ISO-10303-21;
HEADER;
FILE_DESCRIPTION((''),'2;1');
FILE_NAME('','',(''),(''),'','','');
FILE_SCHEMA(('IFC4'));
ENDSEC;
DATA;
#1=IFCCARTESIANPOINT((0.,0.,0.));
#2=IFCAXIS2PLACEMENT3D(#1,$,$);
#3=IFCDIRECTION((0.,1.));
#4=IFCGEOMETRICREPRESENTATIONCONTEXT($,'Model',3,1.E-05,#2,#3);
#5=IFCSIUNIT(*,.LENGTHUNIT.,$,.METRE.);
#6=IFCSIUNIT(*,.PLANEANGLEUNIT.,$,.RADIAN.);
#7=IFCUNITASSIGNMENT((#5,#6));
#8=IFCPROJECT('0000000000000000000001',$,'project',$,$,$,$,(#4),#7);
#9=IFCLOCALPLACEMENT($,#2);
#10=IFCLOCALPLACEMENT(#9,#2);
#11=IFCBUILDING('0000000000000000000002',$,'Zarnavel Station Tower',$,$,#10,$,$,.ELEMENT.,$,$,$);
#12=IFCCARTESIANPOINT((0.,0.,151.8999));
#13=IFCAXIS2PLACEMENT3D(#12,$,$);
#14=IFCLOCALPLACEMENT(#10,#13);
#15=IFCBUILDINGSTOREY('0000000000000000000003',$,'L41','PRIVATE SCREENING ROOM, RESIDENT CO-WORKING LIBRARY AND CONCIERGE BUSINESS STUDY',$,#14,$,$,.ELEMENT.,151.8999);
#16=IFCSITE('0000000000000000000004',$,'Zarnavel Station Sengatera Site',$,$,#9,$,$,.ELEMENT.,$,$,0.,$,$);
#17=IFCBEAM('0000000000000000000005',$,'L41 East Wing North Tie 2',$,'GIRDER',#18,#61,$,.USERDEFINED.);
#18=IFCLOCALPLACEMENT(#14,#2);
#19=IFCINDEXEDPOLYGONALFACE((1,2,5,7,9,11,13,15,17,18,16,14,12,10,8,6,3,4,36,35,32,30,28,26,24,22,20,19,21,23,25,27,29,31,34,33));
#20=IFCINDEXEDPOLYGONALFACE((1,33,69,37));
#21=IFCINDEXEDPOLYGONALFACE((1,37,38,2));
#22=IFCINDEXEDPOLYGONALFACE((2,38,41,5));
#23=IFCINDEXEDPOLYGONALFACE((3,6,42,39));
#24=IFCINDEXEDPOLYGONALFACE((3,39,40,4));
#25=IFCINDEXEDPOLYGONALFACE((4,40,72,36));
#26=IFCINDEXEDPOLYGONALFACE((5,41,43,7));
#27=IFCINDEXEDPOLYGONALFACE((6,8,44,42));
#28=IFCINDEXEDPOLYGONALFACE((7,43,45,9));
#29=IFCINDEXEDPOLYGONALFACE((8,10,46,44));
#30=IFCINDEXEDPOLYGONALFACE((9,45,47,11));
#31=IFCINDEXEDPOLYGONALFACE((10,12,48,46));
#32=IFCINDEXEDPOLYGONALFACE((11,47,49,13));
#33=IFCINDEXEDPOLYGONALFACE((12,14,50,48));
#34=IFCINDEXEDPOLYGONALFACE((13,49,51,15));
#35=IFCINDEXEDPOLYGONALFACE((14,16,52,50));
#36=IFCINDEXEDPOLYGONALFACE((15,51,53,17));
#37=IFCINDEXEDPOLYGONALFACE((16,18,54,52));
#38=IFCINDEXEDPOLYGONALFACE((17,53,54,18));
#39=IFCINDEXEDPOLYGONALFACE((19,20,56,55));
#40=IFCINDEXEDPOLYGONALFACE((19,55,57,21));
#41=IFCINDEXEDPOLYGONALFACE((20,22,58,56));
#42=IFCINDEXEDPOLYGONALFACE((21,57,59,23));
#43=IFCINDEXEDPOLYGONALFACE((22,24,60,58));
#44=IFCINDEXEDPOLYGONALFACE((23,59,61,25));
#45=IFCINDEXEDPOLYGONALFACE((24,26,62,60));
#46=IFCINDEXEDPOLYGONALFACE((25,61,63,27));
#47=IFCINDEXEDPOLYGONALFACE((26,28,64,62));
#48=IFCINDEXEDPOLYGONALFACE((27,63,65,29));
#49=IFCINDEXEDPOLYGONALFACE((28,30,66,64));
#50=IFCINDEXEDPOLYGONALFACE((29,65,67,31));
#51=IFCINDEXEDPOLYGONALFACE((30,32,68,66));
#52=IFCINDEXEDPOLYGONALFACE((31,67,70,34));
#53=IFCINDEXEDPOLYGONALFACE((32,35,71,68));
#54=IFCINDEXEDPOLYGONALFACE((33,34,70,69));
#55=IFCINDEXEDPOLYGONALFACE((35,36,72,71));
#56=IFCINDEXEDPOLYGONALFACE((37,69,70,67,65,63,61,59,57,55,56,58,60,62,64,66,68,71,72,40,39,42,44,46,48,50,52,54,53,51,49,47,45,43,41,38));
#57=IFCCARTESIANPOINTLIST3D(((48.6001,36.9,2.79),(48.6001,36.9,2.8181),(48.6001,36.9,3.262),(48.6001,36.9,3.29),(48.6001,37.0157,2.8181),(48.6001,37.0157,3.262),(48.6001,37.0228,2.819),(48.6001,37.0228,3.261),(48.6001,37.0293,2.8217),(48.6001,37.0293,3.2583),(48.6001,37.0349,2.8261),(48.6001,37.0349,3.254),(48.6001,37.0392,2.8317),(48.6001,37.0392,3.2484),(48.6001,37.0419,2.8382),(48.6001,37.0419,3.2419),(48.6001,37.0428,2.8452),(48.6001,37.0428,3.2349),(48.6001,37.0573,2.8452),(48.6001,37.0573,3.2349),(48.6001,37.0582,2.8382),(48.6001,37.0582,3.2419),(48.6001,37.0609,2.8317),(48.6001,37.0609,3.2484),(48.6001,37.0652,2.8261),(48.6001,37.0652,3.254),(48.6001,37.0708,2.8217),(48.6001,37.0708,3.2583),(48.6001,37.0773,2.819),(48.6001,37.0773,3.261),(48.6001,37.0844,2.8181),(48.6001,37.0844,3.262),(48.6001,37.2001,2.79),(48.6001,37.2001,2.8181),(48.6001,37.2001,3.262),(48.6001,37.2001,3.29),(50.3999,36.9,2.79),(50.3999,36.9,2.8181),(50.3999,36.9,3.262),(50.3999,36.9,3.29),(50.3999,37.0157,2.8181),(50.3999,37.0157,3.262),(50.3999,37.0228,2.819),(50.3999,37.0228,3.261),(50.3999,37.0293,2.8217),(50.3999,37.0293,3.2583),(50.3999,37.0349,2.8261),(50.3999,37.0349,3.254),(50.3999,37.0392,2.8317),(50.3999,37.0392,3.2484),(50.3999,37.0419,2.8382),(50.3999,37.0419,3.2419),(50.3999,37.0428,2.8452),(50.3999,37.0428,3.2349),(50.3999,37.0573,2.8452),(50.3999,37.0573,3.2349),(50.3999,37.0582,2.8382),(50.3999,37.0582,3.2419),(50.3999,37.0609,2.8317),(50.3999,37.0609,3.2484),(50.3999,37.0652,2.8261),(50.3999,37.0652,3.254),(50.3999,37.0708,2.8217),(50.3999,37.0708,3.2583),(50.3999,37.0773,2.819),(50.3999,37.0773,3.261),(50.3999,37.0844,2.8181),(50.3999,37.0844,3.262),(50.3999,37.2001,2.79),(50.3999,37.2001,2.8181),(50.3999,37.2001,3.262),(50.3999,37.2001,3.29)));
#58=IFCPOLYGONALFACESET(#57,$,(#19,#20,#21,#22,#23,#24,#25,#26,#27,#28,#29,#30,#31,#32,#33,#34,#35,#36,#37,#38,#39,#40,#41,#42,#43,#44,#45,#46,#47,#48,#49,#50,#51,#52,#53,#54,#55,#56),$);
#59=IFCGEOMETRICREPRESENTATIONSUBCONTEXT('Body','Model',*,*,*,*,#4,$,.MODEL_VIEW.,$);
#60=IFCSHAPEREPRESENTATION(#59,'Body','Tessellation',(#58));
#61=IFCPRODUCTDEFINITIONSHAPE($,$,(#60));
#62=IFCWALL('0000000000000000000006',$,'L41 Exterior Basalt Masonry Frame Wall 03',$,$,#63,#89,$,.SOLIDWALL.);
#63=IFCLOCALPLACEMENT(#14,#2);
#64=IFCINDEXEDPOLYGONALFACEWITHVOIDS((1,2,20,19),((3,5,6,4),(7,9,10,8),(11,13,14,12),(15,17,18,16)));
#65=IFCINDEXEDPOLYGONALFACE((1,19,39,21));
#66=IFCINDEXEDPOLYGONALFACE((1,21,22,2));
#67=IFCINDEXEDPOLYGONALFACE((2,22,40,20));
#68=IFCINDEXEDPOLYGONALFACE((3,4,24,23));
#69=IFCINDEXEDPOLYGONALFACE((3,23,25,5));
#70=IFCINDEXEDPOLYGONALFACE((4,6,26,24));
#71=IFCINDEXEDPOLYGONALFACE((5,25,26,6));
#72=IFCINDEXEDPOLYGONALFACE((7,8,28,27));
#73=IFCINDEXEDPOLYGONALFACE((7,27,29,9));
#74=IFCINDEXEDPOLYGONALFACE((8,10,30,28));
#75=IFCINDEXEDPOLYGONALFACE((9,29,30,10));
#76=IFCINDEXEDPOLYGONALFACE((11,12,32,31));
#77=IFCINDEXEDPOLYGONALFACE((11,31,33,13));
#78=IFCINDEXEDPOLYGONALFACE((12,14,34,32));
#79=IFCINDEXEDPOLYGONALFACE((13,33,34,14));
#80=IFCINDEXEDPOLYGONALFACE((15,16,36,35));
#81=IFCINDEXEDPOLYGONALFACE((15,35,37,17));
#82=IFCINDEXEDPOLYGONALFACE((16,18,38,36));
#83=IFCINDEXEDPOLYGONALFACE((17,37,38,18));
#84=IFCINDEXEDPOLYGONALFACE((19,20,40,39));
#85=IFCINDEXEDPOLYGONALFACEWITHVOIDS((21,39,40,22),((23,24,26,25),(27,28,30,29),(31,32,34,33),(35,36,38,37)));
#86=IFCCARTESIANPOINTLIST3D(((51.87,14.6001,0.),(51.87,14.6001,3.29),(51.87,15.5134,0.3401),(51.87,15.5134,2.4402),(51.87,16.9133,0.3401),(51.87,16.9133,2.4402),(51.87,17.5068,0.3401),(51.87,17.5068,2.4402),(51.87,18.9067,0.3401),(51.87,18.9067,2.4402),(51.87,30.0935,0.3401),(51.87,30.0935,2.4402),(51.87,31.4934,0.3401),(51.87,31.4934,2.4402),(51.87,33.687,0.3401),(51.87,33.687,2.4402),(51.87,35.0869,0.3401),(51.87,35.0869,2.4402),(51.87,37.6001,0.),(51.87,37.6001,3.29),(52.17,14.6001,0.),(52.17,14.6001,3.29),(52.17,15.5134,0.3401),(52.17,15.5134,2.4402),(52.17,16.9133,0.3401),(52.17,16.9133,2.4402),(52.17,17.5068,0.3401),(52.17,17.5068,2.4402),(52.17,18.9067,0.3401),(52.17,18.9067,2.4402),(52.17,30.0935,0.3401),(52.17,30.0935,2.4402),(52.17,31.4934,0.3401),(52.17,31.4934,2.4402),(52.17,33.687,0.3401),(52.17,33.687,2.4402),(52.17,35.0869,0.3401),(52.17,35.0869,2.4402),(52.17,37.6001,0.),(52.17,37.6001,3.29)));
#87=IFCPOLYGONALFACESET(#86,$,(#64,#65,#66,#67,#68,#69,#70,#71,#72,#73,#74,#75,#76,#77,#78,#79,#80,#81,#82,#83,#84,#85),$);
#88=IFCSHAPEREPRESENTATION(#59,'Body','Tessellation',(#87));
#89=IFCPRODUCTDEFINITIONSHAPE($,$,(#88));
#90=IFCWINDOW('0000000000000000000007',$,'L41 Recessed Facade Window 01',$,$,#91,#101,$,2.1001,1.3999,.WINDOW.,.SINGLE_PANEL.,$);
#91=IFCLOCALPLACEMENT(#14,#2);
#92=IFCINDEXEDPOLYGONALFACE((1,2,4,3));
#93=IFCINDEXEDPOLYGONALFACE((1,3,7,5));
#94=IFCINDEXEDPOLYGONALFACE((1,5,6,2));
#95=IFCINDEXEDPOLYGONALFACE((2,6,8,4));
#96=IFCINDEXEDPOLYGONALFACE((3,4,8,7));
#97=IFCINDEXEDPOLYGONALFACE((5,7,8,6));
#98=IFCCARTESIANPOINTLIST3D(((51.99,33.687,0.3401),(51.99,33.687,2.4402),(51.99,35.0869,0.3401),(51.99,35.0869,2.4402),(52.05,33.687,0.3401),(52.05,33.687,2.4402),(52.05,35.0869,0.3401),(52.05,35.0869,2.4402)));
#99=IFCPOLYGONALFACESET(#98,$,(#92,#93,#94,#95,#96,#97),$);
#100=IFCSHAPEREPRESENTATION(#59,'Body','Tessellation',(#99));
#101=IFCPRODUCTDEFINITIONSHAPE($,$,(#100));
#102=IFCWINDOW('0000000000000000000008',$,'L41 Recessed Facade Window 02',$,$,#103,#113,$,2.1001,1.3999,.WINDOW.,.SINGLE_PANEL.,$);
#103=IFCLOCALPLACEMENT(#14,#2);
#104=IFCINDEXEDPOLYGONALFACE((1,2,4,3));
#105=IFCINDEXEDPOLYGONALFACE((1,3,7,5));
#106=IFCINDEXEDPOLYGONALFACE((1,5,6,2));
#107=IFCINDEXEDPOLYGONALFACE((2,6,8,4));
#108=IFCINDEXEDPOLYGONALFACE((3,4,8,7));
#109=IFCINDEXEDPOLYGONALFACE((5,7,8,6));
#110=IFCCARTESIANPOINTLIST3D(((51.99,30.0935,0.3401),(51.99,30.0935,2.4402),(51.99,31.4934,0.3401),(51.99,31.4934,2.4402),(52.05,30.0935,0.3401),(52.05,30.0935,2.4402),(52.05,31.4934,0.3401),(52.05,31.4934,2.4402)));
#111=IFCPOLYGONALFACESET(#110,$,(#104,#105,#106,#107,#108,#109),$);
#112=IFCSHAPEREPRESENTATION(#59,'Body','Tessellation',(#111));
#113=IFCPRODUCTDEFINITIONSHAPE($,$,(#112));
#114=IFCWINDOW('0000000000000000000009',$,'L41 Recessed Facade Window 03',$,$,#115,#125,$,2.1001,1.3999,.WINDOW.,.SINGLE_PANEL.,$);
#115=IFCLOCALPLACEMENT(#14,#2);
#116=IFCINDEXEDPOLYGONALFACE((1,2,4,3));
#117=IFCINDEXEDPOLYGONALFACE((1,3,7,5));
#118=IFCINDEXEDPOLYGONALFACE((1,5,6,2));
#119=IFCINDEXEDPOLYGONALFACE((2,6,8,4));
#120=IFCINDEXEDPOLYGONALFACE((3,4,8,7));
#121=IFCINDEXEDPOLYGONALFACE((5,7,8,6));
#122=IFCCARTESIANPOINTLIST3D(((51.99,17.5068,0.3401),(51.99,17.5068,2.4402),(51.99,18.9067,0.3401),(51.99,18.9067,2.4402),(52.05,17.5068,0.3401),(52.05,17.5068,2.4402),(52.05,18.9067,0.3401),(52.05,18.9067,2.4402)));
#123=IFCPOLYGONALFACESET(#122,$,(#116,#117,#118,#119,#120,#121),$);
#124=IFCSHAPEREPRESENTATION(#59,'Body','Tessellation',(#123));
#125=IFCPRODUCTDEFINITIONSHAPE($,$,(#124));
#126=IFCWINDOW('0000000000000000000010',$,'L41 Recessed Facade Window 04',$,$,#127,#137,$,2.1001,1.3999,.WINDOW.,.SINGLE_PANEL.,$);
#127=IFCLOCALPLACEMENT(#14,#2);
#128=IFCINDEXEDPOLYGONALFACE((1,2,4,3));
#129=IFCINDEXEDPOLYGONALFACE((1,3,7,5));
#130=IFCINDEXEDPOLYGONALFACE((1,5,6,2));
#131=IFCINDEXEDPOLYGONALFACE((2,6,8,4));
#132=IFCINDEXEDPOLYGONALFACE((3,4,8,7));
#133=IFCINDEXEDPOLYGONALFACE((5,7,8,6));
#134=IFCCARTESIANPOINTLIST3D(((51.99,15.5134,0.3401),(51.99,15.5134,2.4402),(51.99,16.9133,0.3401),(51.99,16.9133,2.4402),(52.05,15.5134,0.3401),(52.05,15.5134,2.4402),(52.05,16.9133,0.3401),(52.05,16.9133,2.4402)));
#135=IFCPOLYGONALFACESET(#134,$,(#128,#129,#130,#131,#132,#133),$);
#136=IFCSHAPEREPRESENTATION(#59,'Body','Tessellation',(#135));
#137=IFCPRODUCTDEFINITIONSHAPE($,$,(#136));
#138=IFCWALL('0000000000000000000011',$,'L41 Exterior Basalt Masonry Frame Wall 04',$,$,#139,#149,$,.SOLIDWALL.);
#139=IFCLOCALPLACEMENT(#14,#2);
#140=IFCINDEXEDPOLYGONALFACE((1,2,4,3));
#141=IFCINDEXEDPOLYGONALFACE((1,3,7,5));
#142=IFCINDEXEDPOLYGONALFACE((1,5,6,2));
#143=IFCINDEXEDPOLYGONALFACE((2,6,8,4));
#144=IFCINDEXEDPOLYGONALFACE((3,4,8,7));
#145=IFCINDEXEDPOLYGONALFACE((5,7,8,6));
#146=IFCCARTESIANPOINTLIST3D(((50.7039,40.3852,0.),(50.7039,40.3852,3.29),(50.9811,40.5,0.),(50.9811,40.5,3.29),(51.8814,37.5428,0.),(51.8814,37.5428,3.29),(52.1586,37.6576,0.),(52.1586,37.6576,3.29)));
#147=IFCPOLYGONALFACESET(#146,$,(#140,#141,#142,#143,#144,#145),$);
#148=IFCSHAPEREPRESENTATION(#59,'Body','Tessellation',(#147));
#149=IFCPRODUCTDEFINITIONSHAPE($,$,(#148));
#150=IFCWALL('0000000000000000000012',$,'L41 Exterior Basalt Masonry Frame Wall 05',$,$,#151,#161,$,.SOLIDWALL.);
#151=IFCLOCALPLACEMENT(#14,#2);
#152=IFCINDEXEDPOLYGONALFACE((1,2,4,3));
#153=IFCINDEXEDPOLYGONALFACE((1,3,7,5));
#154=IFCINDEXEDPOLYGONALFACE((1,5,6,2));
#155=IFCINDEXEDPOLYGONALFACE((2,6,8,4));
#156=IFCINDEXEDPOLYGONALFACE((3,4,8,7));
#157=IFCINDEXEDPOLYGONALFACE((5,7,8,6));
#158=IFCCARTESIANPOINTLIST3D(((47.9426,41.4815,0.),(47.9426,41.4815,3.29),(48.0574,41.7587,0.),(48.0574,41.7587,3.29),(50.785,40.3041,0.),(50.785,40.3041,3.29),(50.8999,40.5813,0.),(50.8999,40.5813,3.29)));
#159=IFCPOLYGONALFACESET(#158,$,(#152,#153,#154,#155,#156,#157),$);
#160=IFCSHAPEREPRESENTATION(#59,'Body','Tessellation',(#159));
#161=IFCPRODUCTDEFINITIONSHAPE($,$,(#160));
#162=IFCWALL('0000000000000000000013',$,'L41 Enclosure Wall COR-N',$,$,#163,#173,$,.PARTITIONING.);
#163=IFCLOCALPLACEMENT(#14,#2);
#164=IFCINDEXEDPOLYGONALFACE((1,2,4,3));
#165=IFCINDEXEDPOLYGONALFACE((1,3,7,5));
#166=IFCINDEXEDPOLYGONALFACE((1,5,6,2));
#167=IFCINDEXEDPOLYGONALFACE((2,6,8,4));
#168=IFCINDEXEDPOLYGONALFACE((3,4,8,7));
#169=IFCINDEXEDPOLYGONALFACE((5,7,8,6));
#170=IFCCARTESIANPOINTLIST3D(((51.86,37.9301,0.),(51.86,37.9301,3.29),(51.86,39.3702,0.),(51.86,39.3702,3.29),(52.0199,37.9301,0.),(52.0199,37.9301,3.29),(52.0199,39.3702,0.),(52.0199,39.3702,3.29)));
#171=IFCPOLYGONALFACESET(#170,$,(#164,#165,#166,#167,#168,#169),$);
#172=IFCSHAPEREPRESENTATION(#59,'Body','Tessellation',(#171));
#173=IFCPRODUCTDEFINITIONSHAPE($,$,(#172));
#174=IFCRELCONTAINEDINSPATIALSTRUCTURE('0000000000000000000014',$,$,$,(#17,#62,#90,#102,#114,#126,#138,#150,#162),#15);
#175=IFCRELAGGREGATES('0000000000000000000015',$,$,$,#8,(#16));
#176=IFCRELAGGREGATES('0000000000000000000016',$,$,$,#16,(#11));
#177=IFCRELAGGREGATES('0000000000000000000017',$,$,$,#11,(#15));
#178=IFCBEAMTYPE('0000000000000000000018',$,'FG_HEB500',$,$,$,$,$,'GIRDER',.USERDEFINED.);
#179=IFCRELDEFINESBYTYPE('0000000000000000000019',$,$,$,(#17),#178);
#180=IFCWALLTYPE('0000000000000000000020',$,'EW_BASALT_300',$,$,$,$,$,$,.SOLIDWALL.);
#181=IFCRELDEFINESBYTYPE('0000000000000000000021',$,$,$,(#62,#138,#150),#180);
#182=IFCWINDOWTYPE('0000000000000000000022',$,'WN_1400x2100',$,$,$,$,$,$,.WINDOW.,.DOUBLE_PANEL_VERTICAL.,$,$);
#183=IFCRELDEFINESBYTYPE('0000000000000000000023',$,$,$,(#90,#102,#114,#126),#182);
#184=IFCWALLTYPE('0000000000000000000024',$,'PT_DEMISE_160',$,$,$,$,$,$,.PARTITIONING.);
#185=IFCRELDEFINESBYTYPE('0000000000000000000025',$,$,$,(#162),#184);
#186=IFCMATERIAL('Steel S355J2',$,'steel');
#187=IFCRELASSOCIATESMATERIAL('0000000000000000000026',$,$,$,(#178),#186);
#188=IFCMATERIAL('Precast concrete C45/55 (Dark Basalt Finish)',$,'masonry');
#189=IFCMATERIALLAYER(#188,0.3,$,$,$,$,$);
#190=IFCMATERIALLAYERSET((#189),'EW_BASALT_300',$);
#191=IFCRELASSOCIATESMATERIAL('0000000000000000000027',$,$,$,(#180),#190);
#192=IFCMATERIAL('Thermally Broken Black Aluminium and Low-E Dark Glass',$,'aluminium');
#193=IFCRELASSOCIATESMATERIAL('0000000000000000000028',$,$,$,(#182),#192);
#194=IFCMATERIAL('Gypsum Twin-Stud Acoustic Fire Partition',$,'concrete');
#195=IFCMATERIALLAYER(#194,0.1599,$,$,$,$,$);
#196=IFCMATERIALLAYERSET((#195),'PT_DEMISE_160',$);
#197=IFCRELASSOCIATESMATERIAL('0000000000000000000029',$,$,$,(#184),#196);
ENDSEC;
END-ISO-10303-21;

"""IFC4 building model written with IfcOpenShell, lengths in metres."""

from ifc_helpers import new_model, si_unit, direction, frame, frame_2d, origin, origin_2d, place, context, subcontext, project, spatial, rectangle, i_section, extrude, material, layer, layer_set, material_profile, profile_set, type_object, element, fill, save


model = new_model("IFC4")

# Units and contexts
model_context = context("Model", 3, precision=1e-05, world=origin(), true_north=direction((0.0, 1.0)))
body_context = subcontext(model_context, "Body", "Model", "MODEL_VIEW")
ifc_project = project(units=[si_unit("LENGTHUNIT", "METRE"), si_unit("PLANEANGLEUNIT", "RADIAN")], contexts=[model_context])

# Site, building, storey
site_placement = place(None, origin())
site = spatial("IfcSite", under=ifc_project, at=site_placement, Name="Zarnavel Station Sengatera Site", CompositionType="ELEMENT", RefElevation=0.0)
building_placement = place(site_placement, origin())
building = spatial("IfcBuilding", under=site, at=building_placement, Name="Zarnavel Station Tower", CompositionType="ELEMENT")
storey_placement = place(building_placement, frame((0.0, 0.0, 151.8999)))
storey = spatial("IfcBuildingStorey", under=building, at=storey_placement, Name="L41", Description="PRIVATE SCREENING ROOM, RESIDENT CO-WORKING LIBRARY AND CONCIERGE BUSINESS STUDY", CompositionType="ELEMENT", Elevation=151.8999)

# Beam
ifc_material_1 = material(Name="Steel S355J2", Category="steel")
ifc_material_profile_1 = material_profile(ifc_material_1, i_section(OverallWidth=0.3, OverallDepth=0.5, WebThickness=0.0144, FlangeThickness=0.0281, FilletRadius=0.0271, at=origin_2d()), Name="HEB500")
ifc_profile_set_1 = profile_set([ifc_material_profile_1], Name="Steel S355J2")
beam_type = type_object("IfcBeamType", Name="FG_HEB500", ElementType="GIRDER", PredefinedType="USERDEFINED", material=ifc_profile_set_1)
beam_1_placement = place(storey_placement, frame((48.6001, 37.05, 3.04), z_axis=(1.0, 0.0, 0.0), x_axis=(0.0, 1.0, 0.0)))
element("IfcBeam", 1, at=beam_1_placement, inside=storey, type_object=beam_type, Name="L41 East Wing North Tie 2", ObjectType="GIRDER", PredefinedType="USERDEFINED", context=body_context, shape_type="SweptSolid", body=[
    extrude(i_section(OverallWidth=0.3, OverallDepth=0.5, WebThickness=0.0144, FlangeThickness=0.0281, FilletRadius=0.0271, at=origin_2d()), origin(), (0.0, 0.0, 1.0), 1.7998),
])

# Wall, openings, windows
ifc_material_2 = material(Name="Precast concrete C45/55 (Dark Basalt Finish)", Category="masonry")
ifc_layer_1 = layer(ifc_material_2, 0.3)
ifc_layer_set_1 = layer_set([ifc_layer_1], Name="EW_BASALT_300")
wall_type_1 = type_object("IfcWallType", Name="EW_BASALT_300", PredefinedType="SOLIDWALL", material=ifc_layer_set_1)
wall_1_placement = place(storey_placement, frame((52.02, 37.6001, 0.0), z_axis=(0.0, 0.0, 1.0), x_axis=(0.0, -1.0, 0.0)))
wall_1 = element("IfcWall", 2, at=wall_1_placement, inside=storey, type_object=wall_type_1, Name="L41 Exterior Basalt Masonry Frame Wall 03", PredefinedType="SOLIDWALL", context=body_context, shape_type="SweptSolid", body=[
    extrude(rectangle(XDim=23.0, YDim=0.3, at=frame_2d((11.5, 0.0))), origin(), (0.0, 0.0, 1.0), 3.29),
])
opening_1_placement = place(wall_1_placement, frame((2.5132, 0.0, 0.3401)))
opening_1 = element("IfcOpeningElement", 3, at=opening_1_placement, cuts=wall_1, PredefinedType="OPENING", context=body_context, shape_type="SweptSolid", body=[
    extrude(rectangle(XDim=1.3999, YDim=2.1001, at=frame_2d((0.7, 1.05))), frame((0.0, 0.1599, 0.0), z_axis=(0.0, -1.0, 0.0), x_axis=(1.0, 0.0, 0.0)), (0.0, 0.0, 1.0), 0.3201),
])
opening_2_placement = place(wall_1_placement, frame((6.1067, 0.0, 0.3401)))
opening_2 = element("IfcOpeningElement", 4, at=opening_2_placement, cuts=wall_1, PredefinedType="OPENING", context=body_context, shape_type="SweptSolid", body=[
    extrude(rectangle(XDim=1.3999, YDim=2.1001, at=frame_2d((0.7, 1.05))), frame((0.0, 0.1599, 0.0), z_axis=(0.0, -1.0, 0.0), x_axis=(1.0, 0.0, 0.0)), (0.0, 0.0, 1.0), 0.3201),
])
opening_3_placement = place(wall_1_placement, frame((18.6934, 0.0, 0.3401)))
opening_3 = element("IfcOpeningElement", 5, at=opening_3_placement, cuts=wall_1, PredefinedType="OPENING", context=body_context, shape_type="SweptSolid", body=[
    extrude(rectangle(XDim=1.3999, YDim=2.1001, at=frame_2d((0.7, 1.05))), frame((0.0, 0.1599, 0.0), z_axis=(0.0, -1.0, 0.0), x_axis=(1.0, 0.0, 0.0)), (0.0, 0.0, 1.0), 0.3201),
])
opening_4_placement = place(wall_1_placement, frame((20.6868, 0.0, 0.3401)))
opening_4 = element("IfcOpeningElement", 6, at=opening_4_placement, cuts=wall_1, PredefinedType="OPENING", context=body_context, shape_type="SweptSolid", body=[
    extrude(rectangle(XDim=1.3999, YDim=2.1001, at=frame_2d((0.7, 1.05))), frame((0.0, 0.1599, 0.0), z_axis=(0.0, -1.0, 0.0), x_axis=(1.0, 0.0, 0.0)), (0.0, 0.0, 1.0), 0.3201),
])
ifc_material_3 = material(Name="Thermally Broken Black Aluminium and Low-E Dark Glass", Category="aluminium")
window_type = type_object("IfcWindowType", Name="WN_1400x2100", PartitioningType="DOUBLE_PANEL_VERTICAL", PredefinedType="WINDOW", material=ifc_material_3)
window_1_placement = place(opening_1_placement, origin())
window_1 = element("IfcWindow", 7, at=window_1_placement, inside=storey, type_object=window_type, Name="L41 Recessed Facade Window 01", OverallHeight=2.1001, OverallWidth=1.3999, PartitioningType="SINGLE_PANEL", PredefinedType="WINDOW", context=body_context, shape_type="SweptSolid", body=[
    extrude(rectangle(XDim=1.3999, YDim=2.1001, at=frame_2d((0.7, 1.05))), frame((0.0, 0.03, 0.0), z_axis=(0.0, -1.0, 0.0), x_axis=(1.0, 0.0, 0.0)), (0.0, 0.0, 1.0), 0.0601),
])
fill(opening_1, window_1)
window_2_placement = place(opening_2_placement, origin())
window_2 = element("IfcWindow", 8, at=window_2_placement, inside=storey, type_object=window_type, Name="L41 Recessed Facade Window 02", OverallHeight=2.1001, OverallWidth=1.3999, PartitioningType="SINGLE_PANEL", PredefinedType="WINDOW", context=body_context, shape_type="SweptSolid", body=[
    extrude(rectangle(XDim=1.3999, YDim=2.1001, at=frame_2d((0.7, 1.05))), frame((0.0, 0.03, 0.0), z_axis=(0.0, -1.0, 0.0), x_axis=(1.0, 0.0, 0.0)), (0.0, 0.0, 1.0), 0.0601),
])
fill(opening_2, window_2)
window_3_placement = place(opening_3_placement, origin())
window_3 = element("IfcWindow", 9, at=window_3_placement, inside=storey, type_object=window_type, Name="L41 Recessed Facade Window 03", OverallHeight=2.1001, OverallWidth=1.3999, PartitioningType="SINGLE_PANEL", PredefinedType="WINDOW", context=body_context, shape_type="SweptSolid", body=[
    extrude(rectangle(XDim=1.3999, YDim=2.1001, at=frame_2d((0.7, 1.05))), frame((0.0, 0.03, 0.0), z_axis=(0.0, -1.0, 0.0), x_axis=(1.0, 0.0, 0.0)), (0.0, 0.0, 1.0), 0.0601),
])
fill(opening_3, window_3)
window_4_placement = place(opening_4_placement, origin())
window_4 = element("IfcWindow", 10, at=window_4_placement, inside=storey, type_object=window_type, Name="L41 Recessed Facade Window 04", OverallHeight=2.1001, OverallWidth=1.3999, PartitioningType="SINGLE_PANEL", PredefinedType="WINDOW", context=body_context, shape_type="SweptSolid", body=[
    extrude(rectangle(XDim=1.3999, YDim=2.1001, at=frame_2d((0.7, 1.05))), frame((0.0, 0.03, 0.0), z_axis=(0.0, -1.0, 0.0), x_axis=(1.0, 0.0, 0.0)), (0.0, 0.0, 1.0), 0.0601),
])
fill(opening_4, window_4)

# Walls
for number, where, z_axis, x_axis, name in (
    (11, (50.8425, 40.4426, 0.0), (0.0, 0.0, 1.0), (0.382705, -0.923871, 0.0), "L41 Exterior Basalt Masonry Frame Wall 04"),
    (12, (48.0, 41.6201, 0.0), (0.0, 0.0, 1.0), (0.923871, -0.382705, 0.0), "L41 Exterior Basalt Masonry Frame Wall 05"),
):
    element("IfcWall", number, at=place(storey_placement, frame(where, z_axis=z_axis, x_axis=x_axis)), inside=storey, type_object=wall_type_1, Name=name, PredefinedType="SOLIDWALL", context=body_context, shape_type="SweptSolid", body=[
        extrude(rectangle(XDim=3.0767, YDim=0.3, at=frame_2d((1.5383, 0.0))), origin(), (0.0, 0.0, 1.0), 3.29),
    ])
ifc_material_4 = material(Name="Gypsum Twin-Stud Acoustic Fire Partition", Category="concrete")
ifc_layer_2 = layer(ifc_material_4, 0.1599)
ifc_layer_set_2 = layer_set([ifc_layer_2], Name="PT_DEMISE_160")
wall_type_2 = type_object("IfcWallType", Name="PT_DEMISE_160", PredefinedType="PARTITIONING", material=ifc_layer_set_2)
wall_2_placement = place(storey_placement, frame((51.9399, 37.9299, 0.0), z_axis=(0.0, 0.0, 1.0), x_axis=(0.0, 1.0, 0.0)))
element("IfcWall", 13, at=wall_2_placement, inside=storey, type_object=wall_type_2, Name="L41 Enclosure Wall COR-N", PredefinedType="PARTITIONING", context=body_context, shape_type="SweptSolid", body=[
    extrude(rectangle(XDim=1.4402, YDim=0.1599, at=frame_2d((0.7202, 0.0))), origin(), (0.0, 0.0, 1.0), 3.29),
])

save(model, "model.ifc")
